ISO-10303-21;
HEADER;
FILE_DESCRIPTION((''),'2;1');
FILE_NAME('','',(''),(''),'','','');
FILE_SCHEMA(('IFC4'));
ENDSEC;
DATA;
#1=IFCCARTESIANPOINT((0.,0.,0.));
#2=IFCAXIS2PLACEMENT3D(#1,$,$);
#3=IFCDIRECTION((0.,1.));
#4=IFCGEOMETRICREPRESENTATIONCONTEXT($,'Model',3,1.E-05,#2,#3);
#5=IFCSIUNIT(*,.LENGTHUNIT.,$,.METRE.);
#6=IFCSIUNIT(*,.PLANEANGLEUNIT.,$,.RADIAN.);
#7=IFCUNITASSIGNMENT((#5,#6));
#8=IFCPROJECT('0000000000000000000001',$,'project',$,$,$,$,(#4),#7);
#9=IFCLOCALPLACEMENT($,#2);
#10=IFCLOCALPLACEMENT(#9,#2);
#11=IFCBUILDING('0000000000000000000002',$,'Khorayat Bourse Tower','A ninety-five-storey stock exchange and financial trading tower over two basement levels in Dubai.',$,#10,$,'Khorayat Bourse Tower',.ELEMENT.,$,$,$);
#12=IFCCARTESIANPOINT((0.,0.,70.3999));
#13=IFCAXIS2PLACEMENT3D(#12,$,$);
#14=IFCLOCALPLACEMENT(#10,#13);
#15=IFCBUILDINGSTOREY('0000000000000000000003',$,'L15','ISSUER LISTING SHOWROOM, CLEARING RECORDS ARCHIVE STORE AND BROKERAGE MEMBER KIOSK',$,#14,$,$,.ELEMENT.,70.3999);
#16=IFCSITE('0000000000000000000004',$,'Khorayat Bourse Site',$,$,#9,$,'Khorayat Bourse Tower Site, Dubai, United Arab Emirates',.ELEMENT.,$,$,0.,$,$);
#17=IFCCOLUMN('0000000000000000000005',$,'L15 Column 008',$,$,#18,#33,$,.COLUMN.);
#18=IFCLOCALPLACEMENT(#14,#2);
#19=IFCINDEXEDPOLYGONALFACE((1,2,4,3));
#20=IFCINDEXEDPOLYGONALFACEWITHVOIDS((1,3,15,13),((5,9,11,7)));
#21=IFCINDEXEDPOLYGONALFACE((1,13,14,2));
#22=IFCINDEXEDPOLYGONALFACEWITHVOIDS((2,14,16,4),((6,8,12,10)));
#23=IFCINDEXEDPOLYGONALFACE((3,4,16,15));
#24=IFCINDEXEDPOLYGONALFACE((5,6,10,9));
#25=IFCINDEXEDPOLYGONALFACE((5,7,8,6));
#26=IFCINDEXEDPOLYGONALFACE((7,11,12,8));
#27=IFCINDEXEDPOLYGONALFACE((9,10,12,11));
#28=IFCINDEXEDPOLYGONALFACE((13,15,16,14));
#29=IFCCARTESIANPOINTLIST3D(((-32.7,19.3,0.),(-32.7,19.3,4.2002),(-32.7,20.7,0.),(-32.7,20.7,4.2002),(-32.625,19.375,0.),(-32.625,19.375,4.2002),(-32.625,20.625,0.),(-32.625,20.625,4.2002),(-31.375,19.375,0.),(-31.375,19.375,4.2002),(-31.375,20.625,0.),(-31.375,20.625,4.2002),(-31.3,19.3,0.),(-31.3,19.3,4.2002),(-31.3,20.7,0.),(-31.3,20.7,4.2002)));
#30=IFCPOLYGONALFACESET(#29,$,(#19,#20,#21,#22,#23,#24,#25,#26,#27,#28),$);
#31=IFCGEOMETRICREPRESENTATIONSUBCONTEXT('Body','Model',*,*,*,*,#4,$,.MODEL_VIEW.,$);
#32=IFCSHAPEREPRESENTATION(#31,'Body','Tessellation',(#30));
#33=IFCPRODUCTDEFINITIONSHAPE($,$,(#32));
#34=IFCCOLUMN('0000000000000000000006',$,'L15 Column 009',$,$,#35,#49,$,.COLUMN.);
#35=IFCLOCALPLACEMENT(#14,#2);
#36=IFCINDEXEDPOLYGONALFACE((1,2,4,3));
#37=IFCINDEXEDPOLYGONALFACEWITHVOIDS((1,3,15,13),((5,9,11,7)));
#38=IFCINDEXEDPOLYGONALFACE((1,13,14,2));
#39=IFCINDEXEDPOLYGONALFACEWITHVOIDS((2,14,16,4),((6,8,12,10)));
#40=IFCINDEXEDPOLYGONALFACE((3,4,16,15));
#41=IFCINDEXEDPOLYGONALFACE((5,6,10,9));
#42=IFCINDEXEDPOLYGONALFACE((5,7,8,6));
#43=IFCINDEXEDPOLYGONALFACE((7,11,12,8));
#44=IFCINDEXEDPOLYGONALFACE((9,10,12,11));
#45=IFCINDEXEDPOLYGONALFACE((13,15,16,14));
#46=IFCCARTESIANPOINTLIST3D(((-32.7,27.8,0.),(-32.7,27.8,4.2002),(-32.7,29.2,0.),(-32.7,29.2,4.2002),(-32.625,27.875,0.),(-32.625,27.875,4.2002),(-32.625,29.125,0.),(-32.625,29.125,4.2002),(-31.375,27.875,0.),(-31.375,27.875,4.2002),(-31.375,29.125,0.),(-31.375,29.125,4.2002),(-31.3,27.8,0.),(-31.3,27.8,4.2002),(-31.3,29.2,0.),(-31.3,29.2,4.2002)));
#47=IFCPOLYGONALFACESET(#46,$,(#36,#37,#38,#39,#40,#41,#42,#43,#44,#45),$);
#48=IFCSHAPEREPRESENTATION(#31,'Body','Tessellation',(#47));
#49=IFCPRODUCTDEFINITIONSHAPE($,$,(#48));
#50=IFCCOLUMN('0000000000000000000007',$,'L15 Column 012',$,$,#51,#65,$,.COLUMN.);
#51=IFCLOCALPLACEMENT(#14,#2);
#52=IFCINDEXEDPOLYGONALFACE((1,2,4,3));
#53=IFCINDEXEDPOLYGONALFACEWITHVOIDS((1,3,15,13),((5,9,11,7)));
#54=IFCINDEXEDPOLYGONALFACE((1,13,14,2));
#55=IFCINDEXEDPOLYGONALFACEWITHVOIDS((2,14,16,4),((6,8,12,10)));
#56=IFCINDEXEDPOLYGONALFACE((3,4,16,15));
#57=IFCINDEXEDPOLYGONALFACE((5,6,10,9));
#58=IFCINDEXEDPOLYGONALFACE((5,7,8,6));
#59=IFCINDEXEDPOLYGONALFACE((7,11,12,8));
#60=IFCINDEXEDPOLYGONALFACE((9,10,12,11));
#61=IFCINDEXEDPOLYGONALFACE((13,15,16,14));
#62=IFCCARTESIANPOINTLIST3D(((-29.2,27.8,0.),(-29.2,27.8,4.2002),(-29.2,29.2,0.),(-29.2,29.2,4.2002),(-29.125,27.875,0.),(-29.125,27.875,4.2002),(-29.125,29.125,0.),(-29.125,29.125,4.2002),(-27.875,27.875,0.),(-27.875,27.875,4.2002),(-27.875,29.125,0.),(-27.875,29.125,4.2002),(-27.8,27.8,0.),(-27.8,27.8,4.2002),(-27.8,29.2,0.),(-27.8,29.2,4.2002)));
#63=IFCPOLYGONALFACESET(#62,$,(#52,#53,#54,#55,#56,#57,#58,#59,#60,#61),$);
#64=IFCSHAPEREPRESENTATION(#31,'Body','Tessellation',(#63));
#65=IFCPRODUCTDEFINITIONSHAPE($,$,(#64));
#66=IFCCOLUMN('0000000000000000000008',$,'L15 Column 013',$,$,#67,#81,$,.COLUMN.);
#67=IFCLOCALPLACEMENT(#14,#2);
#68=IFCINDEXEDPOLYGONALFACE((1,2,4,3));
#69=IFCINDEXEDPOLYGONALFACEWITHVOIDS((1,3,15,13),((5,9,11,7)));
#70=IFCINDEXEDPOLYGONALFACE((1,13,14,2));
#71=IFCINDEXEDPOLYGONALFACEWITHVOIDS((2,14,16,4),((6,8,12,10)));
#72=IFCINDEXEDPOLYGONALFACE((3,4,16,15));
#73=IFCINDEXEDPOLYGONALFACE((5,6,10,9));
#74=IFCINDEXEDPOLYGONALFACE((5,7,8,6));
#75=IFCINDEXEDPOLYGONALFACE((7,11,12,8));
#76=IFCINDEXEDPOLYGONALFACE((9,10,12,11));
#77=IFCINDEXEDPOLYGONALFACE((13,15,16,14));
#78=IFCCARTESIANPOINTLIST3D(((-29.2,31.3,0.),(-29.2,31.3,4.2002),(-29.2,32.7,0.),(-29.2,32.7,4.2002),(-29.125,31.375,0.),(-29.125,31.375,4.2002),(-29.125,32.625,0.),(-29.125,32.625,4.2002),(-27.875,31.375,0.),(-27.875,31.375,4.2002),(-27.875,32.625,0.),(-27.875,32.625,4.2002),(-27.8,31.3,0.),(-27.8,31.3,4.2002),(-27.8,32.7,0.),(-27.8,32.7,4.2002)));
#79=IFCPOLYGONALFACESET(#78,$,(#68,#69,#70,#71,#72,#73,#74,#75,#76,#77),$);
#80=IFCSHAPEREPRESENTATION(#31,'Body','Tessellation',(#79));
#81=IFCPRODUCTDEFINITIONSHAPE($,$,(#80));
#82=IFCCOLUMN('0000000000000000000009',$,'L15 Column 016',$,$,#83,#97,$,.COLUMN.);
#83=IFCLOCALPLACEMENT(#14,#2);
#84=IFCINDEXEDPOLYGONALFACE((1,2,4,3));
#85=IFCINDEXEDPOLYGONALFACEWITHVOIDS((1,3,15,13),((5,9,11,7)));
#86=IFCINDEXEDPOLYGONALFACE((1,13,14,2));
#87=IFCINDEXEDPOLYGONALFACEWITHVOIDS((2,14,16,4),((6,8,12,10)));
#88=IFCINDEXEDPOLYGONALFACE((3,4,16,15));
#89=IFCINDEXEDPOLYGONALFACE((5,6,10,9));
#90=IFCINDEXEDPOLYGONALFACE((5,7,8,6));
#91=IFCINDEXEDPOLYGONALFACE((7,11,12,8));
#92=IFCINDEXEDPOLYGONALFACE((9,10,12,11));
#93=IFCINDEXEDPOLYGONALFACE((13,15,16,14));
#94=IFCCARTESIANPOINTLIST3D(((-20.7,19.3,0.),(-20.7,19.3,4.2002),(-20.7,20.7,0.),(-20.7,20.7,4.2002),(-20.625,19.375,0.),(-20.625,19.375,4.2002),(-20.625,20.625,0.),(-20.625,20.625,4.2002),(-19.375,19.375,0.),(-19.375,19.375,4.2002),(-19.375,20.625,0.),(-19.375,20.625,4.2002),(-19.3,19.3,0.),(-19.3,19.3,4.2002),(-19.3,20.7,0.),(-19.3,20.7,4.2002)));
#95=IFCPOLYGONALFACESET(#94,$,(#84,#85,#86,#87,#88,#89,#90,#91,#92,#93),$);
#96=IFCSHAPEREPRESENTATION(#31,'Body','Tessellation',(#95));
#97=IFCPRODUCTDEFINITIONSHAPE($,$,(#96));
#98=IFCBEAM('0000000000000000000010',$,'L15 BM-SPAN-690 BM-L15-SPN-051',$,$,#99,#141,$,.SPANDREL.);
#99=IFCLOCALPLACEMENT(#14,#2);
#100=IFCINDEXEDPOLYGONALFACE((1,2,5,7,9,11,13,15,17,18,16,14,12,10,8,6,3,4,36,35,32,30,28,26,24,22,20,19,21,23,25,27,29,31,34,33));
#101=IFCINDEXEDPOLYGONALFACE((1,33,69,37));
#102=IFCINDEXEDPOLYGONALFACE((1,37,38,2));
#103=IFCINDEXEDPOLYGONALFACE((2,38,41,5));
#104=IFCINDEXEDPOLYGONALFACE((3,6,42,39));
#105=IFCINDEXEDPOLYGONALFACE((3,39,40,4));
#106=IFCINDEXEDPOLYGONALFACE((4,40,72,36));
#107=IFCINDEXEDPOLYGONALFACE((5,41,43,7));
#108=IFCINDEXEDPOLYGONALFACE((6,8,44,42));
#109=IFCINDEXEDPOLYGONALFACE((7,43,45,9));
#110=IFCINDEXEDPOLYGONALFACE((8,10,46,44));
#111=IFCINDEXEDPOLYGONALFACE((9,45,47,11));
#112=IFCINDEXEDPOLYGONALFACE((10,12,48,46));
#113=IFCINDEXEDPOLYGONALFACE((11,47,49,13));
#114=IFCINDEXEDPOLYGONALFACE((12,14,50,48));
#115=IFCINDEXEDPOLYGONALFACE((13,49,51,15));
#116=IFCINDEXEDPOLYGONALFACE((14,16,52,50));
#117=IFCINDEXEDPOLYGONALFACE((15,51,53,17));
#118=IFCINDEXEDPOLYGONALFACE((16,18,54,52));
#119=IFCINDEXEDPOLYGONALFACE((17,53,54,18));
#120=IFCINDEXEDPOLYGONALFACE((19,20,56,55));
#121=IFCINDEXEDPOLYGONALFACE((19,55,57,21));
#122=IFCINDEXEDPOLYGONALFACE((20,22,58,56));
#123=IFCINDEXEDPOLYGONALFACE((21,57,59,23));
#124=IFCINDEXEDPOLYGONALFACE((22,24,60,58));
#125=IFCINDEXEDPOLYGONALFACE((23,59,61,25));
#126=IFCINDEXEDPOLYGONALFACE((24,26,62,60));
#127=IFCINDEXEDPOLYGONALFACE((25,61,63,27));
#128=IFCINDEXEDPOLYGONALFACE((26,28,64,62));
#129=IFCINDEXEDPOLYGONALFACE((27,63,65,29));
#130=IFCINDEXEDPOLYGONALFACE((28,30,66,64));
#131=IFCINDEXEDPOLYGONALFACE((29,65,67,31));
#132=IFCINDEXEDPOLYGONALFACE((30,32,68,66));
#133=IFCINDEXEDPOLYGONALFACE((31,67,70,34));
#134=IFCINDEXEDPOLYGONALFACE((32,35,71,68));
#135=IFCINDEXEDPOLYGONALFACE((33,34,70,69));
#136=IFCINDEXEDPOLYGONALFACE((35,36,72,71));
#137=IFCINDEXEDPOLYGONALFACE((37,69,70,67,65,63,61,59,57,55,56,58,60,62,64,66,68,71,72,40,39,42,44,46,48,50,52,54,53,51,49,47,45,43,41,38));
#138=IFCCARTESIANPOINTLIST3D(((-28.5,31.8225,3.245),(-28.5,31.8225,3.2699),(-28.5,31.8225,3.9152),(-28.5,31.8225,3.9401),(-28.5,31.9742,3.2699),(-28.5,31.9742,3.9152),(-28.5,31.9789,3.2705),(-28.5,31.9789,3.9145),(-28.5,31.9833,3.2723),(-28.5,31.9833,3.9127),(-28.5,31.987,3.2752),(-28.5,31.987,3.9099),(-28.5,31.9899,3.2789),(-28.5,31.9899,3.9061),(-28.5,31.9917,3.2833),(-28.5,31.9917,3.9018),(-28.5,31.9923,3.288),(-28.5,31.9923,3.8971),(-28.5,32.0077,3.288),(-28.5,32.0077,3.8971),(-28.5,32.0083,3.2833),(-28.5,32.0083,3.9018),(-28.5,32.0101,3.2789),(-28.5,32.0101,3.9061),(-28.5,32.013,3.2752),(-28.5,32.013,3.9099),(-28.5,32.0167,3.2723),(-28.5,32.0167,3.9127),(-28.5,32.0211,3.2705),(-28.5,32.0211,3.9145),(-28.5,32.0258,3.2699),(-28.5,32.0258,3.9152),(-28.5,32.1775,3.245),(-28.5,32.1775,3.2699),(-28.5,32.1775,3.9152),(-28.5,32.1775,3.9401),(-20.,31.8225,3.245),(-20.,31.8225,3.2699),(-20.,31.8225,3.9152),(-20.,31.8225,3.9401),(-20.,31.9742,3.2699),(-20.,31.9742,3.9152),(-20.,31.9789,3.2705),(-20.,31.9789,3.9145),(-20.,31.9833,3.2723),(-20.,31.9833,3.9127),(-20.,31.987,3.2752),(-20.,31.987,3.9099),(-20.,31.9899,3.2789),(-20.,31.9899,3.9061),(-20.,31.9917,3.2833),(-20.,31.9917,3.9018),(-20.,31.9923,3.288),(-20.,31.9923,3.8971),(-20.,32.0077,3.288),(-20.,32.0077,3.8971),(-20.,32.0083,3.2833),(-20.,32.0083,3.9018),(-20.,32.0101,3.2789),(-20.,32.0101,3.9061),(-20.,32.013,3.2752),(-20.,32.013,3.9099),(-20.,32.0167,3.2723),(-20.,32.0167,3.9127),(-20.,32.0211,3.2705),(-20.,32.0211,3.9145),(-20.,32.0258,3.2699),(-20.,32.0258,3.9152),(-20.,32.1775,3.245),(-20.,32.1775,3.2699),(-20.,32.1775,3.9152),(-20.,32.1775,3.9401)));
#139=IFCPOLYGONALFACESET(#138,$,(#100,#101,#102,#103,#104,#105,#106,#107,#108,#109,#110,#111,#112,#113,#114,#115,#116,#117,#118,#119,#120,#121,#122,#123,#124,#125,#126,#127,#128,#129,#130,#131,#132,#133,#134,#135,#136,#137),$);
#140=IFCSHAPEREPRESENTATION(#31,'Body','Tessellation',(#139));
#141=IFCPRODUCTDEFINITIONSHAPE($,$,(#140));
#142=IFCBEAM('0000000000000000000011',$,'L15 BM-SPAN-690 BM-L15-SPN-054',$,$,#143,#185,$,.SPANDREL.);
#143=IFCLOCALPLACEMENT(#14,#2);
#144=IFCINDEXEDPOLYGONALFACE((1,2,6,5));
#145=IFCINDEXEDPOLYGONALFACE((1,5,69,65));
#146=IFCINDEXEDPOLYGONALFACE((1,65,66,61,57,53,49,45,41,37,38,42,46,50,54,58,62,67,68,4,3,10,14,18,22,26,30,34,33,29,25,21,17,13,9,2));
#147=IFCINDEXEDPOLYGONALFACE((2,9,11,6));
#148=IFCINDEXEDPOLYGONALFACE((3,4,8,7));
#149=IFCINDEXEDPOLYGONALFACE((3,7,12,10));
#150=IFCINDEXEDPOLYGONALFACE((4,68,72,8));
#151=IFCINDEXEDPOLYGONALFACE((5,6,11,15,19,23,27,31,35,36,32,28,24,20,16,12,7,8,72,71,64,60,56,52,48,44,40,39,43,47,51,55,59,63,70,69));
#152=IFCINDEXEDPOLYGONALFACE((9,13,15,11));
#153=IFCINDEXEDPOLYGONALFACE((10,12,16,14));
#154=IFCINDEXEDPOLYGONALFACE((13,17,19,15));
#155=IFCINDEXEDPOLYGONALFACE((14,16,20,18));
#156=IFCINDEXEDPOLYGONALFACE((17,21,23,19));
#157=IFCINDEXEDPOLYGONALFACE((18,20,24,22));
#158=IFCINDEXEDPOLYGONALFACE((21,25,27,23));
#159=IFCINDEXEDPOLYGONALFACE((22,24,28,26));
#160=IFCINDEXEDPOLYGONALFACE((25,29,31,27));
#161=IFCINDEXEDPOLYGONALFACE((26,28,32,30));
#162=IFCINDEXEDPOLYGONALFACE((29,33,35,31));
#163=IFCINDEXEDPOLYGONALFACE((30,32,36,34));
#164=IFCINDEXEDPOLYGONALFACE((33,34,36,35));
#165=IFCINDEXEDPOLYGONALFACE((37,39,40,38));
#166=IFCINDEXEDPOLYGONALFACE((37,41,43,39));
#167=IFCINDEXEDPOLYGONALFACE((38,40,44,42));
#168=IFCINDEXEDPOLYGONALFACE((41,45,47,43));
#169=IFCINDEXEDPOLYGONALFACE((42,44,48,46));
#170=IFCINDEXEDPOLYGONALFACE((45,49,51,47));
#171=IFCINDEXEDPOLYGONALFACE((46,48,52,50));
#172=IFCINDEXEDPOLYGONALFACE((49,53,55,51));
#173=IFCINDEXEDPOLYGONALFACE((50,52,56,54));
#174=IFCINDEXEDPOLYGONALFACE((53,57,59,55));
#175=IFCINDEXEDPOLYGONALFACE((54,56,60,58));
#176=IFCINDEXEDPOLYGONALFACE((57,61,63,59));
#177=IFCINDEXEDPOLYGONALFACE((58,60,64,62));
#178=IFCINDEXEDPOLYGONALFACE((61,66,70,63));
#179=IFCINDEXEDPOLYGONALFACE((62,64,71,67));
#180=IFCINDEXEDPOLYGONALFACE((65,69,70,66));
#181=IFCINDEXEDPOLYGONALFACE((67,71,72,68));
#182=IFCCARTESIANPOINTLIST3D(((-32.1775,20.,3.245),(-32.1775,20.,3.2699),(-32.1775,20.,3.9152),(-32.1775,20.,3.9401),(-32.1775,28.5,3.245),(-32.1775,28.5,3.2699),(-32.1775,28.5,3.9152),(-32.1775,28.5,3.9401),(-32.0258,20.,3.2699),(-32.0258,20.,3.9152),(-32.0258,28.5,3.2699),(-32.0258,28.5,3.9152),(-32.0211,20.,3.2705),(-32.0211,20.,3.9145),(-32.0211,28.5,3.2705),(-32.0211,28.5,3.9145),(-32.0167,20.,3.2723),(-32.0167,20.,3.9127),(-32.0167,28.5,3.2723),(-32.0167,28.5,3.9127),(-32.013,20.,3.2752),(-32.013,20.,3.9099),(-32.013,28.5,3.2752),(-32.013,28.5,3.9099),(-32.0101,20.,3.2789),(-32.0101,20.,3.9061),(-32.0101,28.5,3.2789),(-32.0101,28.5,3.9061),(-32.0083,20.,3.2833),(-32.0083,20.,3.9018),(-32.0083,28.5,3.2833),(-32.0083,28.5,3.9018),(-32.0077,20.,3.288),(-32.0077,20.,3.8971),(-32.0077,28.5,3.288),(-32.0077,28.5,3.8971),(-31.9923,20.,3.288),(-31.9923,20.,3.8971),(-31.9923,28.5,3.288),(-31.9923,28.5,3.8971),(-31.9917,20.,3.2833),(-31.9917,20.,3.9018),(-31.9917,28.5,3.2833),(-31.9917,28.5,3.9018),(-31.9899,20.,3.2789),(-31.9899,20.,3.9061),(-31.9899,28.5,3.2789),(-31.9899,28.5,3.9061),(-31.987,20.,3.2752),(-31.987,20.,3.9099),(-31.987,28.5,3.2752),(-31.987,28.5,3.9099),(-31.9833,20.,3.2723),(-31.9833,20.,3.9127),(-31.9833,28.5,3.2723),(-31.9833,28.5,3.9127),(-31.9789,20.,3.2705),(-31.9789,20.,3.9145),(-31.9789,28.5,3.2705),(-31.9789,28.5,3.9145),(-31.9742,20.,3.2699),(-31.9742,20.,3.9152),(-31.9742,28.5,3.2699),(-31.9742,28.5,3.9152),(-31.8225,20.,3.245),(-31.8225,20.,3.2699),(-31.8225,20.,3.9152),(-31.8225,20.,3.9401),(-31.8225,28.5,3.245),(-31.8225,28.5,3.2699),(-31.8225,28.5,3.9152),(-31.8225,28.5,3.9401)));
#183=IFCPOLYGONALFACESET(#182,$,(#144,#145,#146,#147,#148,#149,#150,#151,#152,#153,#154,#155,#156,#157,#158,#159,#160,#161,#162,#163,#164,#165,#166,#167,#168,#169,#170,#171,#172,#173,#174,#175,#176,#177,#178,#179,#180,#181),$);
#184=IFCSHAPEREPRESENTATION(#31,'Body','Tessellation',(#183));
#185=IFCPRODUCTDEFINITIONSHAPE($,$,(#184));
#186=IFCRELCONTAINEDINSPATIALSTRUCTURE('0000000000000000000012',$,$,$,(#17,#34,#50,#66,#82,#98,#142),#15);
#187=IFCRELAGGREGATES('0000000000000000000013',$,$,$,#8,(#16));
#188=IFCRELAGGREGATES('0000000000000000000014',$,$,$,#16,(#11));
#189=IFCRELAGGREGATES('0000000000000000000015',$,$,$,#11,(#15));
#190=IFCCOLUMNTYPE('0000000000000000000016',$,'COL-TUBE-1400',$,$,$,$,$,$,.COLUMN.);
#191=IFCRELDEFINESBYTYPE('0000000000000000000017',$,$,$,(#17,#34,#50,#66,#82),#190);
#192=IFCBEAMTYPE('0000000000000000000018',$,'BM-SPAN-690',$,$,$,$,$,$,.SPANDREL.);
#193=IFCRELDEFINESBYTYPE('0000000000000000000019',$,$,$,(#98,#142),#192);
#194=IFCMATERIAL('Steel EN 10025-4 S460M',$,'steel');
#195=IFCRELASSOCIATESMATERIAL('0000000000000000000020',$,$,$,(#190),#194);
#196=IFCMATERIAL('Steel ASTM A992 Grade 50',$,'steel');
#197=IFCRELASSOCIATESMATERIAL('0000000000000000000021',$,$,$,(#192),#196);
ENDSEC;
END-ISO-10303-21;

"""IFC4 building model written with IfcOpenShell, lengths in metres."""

from ifc_helpers import new_model, si_unit, direction, frame, origin, origin_2d, place, context, subcontext, project, spatial, hollow_rectangle, i_section, extrude, source, transform, mapped, material, material_profile, profile_set, type_object, element, save


model = new_model("IFC4")

# Units and contexts
model_context = context("Model", 3, precision=1e-05, world=origin(), true_north=direction((0.0, 1.0)))
body_context = subcontext(model_context, "Body", "Model", "MODEL_VIEW")
ifc_project = project(units=[si_unit("LENGTHUNIT", "METRE"), si_unit("PLANEANGLEUNIT", "RADIAN")], contexts=[model_context])

# Site, building, storey
site_placement = place(None, origin())
site = spatial("IfcSite", under=ifc_project, at=site_placement, Name="Khorayat Bourse Site", LongName="Khorayat Bourse Tower Site, Dubai, United Arab Emirates", CompositionType="ELEMENT", RefElevation=0.0)
building_placement = place(site_placement, origin())
building = spatial("IfcBuilding", under=site, at=building_placement, Name="Khorayat Bourse Tower", Description="A ninety-five-storey stock exchange and financial trading tower over two basement levels in Dubai.", LongName="Khorayat Bourse Tower", CompositionType="ELEMENT")
storey_placement = place(building_placement, frame((0.0, 0.0, 70.3999)))
storey = spatial("IfcBuildingStorey", under=building, at=storey_placement, Name="L15", Description="ISSUER LISTING SHOWROOM, CLEARING RECORDS ARCHIVE STORE AND BROKERAGE MEMBER KIOSK", CompositionType="ELEMENT", Elevation=70.3999)

# Columns
ifc_material_1 = material(Name="Steel EN 10025-4 S460M", Category="steel")
ifc_material_profile_1 = material_profile(ifc_material_1, hollow_rectangle(XDim=1.3999, YDim=1.3999, WallThickness=0.075, at=origin_2d()), Name="BOX 1400x1400x75")
ifc_profile_set_1 = profile_set([ifc_material_profile_1], Name="Steel EN 10025-4 S460M")
column_type = type_object("IfcColumnType", Name="COL-TUBE-1400", PredefinedType="COLUMN", material=ifc_profile_set_1)
shared_shape_1 = source(origin(), body_context, "Body", "SweptSolid", [
    extrude(hollow_rectangle(XDim=1.3999, YDim=1.3999, WallThickness=0.075, at=origin_2d()), origin(), (0.0, 0.0, 1.0), 4.2002),
])
for number, where, z_axis, x_axis, name in (
    (1, (-32.0, 20.0, 0.0), (0.0, 0.0, 1.0), (1.0, 0.0, 0.0), "L15 Column 008"),
    (2, (-32.0, 28.5, 0.0), (0.0, 0.0, 1.0), (1.0, 0.0, 0.0), "L15 Column 009"),
    (3, (-28.5, 28.5, 0.0), (0.0, 0.0, 1.0), (1.0, 0.0, 0.0), "L15 Column 012"),
    (4, (-28.5, 32.0, 0.0), (0.0, 0.0, 1.0), (1.0, 0.0, 0.0), "L15 Column 013"),
    (5, (-20.0, 20.0, 0.0), (0.0, 0.0, 1.0), (1.0, 0.0, 0.0), "L15 Column 016"),
):
    element("IfcColumn", number, at=place(storey_placement, frame(where, z_axis=z_axis, x_axis=x_axis)), inside=storey, type_object=column_type, Name=name, PredefinedType="COLUMN", context=body_context, shape_type="MappedRepresentation", body=[
        mapped(shared_shape_1, transform((0.0, 0.0, 0.0), scale=1.0)),
    ])

# Beams
ifc_material_2 = material(Name="Steel ASTM A992 Grade 50", Category="steel")
ifc_material_profile_2 = material_profile(ifc_material_2, i_section(OverallWidth=0.355, OverallDepth=0.6951, WebThickness=0.0154, FlangeThickness=0.0249, FilletRadius=0.0181, at=origin_2d()), Name="W690X217")
ifc_profile_set_2 = profile_set([ifc_material_profile_2], Name="Steel ASTM A992 Grade 50")
beam_type_1 = type_object("IfcBeamType", Name="BM-SPAN-690", PredefinedType="SPANDREL", material=ifc_profile_set_2)
shared_shape_2 = source(origin(), body_context, "Body", "SweptSolid", [
    extrude(i_section(OverallWidth=0.355, OverallDepth=0.6951, WebThickness=0.0154, FlangeThickness=0.0249, FilletRadius=0.0181, at=origin_2d()), origin(), (0.0, 0.0, 1.0), 8.5),
])
for number, where, z_axis, x_axis, name in (
    (6, (-28.5, 32.0, 3.5925), (1.0, 0.0, 0.0), (0.0, 1.0, 0.0), "L15 BM-SPAN-690 BM-L15-SPN-051"),
    (7, (-32.0, 20.0, 3.5925), (0.0, 1.0, 0.0), (-1.0, 0.0, 0.0), "L15 BM-SPAN-690 BM-L15-SPN-054"),
):
    element("IfcBeam", number, at=place(storey_placement, frame(where, z_axis=z_axis, x_axis=x_axis)), inside=storey, type_object=beam_type_1, Name=name, PredefinedType="SPANDREL", context=body_context, shape_type="MappedRepresentation", body=[
        mapped(shared_shape_2, transform((0.0, 0.0, 0.0), scale=1.0)),
    ])

save(model, "model.ifc")
